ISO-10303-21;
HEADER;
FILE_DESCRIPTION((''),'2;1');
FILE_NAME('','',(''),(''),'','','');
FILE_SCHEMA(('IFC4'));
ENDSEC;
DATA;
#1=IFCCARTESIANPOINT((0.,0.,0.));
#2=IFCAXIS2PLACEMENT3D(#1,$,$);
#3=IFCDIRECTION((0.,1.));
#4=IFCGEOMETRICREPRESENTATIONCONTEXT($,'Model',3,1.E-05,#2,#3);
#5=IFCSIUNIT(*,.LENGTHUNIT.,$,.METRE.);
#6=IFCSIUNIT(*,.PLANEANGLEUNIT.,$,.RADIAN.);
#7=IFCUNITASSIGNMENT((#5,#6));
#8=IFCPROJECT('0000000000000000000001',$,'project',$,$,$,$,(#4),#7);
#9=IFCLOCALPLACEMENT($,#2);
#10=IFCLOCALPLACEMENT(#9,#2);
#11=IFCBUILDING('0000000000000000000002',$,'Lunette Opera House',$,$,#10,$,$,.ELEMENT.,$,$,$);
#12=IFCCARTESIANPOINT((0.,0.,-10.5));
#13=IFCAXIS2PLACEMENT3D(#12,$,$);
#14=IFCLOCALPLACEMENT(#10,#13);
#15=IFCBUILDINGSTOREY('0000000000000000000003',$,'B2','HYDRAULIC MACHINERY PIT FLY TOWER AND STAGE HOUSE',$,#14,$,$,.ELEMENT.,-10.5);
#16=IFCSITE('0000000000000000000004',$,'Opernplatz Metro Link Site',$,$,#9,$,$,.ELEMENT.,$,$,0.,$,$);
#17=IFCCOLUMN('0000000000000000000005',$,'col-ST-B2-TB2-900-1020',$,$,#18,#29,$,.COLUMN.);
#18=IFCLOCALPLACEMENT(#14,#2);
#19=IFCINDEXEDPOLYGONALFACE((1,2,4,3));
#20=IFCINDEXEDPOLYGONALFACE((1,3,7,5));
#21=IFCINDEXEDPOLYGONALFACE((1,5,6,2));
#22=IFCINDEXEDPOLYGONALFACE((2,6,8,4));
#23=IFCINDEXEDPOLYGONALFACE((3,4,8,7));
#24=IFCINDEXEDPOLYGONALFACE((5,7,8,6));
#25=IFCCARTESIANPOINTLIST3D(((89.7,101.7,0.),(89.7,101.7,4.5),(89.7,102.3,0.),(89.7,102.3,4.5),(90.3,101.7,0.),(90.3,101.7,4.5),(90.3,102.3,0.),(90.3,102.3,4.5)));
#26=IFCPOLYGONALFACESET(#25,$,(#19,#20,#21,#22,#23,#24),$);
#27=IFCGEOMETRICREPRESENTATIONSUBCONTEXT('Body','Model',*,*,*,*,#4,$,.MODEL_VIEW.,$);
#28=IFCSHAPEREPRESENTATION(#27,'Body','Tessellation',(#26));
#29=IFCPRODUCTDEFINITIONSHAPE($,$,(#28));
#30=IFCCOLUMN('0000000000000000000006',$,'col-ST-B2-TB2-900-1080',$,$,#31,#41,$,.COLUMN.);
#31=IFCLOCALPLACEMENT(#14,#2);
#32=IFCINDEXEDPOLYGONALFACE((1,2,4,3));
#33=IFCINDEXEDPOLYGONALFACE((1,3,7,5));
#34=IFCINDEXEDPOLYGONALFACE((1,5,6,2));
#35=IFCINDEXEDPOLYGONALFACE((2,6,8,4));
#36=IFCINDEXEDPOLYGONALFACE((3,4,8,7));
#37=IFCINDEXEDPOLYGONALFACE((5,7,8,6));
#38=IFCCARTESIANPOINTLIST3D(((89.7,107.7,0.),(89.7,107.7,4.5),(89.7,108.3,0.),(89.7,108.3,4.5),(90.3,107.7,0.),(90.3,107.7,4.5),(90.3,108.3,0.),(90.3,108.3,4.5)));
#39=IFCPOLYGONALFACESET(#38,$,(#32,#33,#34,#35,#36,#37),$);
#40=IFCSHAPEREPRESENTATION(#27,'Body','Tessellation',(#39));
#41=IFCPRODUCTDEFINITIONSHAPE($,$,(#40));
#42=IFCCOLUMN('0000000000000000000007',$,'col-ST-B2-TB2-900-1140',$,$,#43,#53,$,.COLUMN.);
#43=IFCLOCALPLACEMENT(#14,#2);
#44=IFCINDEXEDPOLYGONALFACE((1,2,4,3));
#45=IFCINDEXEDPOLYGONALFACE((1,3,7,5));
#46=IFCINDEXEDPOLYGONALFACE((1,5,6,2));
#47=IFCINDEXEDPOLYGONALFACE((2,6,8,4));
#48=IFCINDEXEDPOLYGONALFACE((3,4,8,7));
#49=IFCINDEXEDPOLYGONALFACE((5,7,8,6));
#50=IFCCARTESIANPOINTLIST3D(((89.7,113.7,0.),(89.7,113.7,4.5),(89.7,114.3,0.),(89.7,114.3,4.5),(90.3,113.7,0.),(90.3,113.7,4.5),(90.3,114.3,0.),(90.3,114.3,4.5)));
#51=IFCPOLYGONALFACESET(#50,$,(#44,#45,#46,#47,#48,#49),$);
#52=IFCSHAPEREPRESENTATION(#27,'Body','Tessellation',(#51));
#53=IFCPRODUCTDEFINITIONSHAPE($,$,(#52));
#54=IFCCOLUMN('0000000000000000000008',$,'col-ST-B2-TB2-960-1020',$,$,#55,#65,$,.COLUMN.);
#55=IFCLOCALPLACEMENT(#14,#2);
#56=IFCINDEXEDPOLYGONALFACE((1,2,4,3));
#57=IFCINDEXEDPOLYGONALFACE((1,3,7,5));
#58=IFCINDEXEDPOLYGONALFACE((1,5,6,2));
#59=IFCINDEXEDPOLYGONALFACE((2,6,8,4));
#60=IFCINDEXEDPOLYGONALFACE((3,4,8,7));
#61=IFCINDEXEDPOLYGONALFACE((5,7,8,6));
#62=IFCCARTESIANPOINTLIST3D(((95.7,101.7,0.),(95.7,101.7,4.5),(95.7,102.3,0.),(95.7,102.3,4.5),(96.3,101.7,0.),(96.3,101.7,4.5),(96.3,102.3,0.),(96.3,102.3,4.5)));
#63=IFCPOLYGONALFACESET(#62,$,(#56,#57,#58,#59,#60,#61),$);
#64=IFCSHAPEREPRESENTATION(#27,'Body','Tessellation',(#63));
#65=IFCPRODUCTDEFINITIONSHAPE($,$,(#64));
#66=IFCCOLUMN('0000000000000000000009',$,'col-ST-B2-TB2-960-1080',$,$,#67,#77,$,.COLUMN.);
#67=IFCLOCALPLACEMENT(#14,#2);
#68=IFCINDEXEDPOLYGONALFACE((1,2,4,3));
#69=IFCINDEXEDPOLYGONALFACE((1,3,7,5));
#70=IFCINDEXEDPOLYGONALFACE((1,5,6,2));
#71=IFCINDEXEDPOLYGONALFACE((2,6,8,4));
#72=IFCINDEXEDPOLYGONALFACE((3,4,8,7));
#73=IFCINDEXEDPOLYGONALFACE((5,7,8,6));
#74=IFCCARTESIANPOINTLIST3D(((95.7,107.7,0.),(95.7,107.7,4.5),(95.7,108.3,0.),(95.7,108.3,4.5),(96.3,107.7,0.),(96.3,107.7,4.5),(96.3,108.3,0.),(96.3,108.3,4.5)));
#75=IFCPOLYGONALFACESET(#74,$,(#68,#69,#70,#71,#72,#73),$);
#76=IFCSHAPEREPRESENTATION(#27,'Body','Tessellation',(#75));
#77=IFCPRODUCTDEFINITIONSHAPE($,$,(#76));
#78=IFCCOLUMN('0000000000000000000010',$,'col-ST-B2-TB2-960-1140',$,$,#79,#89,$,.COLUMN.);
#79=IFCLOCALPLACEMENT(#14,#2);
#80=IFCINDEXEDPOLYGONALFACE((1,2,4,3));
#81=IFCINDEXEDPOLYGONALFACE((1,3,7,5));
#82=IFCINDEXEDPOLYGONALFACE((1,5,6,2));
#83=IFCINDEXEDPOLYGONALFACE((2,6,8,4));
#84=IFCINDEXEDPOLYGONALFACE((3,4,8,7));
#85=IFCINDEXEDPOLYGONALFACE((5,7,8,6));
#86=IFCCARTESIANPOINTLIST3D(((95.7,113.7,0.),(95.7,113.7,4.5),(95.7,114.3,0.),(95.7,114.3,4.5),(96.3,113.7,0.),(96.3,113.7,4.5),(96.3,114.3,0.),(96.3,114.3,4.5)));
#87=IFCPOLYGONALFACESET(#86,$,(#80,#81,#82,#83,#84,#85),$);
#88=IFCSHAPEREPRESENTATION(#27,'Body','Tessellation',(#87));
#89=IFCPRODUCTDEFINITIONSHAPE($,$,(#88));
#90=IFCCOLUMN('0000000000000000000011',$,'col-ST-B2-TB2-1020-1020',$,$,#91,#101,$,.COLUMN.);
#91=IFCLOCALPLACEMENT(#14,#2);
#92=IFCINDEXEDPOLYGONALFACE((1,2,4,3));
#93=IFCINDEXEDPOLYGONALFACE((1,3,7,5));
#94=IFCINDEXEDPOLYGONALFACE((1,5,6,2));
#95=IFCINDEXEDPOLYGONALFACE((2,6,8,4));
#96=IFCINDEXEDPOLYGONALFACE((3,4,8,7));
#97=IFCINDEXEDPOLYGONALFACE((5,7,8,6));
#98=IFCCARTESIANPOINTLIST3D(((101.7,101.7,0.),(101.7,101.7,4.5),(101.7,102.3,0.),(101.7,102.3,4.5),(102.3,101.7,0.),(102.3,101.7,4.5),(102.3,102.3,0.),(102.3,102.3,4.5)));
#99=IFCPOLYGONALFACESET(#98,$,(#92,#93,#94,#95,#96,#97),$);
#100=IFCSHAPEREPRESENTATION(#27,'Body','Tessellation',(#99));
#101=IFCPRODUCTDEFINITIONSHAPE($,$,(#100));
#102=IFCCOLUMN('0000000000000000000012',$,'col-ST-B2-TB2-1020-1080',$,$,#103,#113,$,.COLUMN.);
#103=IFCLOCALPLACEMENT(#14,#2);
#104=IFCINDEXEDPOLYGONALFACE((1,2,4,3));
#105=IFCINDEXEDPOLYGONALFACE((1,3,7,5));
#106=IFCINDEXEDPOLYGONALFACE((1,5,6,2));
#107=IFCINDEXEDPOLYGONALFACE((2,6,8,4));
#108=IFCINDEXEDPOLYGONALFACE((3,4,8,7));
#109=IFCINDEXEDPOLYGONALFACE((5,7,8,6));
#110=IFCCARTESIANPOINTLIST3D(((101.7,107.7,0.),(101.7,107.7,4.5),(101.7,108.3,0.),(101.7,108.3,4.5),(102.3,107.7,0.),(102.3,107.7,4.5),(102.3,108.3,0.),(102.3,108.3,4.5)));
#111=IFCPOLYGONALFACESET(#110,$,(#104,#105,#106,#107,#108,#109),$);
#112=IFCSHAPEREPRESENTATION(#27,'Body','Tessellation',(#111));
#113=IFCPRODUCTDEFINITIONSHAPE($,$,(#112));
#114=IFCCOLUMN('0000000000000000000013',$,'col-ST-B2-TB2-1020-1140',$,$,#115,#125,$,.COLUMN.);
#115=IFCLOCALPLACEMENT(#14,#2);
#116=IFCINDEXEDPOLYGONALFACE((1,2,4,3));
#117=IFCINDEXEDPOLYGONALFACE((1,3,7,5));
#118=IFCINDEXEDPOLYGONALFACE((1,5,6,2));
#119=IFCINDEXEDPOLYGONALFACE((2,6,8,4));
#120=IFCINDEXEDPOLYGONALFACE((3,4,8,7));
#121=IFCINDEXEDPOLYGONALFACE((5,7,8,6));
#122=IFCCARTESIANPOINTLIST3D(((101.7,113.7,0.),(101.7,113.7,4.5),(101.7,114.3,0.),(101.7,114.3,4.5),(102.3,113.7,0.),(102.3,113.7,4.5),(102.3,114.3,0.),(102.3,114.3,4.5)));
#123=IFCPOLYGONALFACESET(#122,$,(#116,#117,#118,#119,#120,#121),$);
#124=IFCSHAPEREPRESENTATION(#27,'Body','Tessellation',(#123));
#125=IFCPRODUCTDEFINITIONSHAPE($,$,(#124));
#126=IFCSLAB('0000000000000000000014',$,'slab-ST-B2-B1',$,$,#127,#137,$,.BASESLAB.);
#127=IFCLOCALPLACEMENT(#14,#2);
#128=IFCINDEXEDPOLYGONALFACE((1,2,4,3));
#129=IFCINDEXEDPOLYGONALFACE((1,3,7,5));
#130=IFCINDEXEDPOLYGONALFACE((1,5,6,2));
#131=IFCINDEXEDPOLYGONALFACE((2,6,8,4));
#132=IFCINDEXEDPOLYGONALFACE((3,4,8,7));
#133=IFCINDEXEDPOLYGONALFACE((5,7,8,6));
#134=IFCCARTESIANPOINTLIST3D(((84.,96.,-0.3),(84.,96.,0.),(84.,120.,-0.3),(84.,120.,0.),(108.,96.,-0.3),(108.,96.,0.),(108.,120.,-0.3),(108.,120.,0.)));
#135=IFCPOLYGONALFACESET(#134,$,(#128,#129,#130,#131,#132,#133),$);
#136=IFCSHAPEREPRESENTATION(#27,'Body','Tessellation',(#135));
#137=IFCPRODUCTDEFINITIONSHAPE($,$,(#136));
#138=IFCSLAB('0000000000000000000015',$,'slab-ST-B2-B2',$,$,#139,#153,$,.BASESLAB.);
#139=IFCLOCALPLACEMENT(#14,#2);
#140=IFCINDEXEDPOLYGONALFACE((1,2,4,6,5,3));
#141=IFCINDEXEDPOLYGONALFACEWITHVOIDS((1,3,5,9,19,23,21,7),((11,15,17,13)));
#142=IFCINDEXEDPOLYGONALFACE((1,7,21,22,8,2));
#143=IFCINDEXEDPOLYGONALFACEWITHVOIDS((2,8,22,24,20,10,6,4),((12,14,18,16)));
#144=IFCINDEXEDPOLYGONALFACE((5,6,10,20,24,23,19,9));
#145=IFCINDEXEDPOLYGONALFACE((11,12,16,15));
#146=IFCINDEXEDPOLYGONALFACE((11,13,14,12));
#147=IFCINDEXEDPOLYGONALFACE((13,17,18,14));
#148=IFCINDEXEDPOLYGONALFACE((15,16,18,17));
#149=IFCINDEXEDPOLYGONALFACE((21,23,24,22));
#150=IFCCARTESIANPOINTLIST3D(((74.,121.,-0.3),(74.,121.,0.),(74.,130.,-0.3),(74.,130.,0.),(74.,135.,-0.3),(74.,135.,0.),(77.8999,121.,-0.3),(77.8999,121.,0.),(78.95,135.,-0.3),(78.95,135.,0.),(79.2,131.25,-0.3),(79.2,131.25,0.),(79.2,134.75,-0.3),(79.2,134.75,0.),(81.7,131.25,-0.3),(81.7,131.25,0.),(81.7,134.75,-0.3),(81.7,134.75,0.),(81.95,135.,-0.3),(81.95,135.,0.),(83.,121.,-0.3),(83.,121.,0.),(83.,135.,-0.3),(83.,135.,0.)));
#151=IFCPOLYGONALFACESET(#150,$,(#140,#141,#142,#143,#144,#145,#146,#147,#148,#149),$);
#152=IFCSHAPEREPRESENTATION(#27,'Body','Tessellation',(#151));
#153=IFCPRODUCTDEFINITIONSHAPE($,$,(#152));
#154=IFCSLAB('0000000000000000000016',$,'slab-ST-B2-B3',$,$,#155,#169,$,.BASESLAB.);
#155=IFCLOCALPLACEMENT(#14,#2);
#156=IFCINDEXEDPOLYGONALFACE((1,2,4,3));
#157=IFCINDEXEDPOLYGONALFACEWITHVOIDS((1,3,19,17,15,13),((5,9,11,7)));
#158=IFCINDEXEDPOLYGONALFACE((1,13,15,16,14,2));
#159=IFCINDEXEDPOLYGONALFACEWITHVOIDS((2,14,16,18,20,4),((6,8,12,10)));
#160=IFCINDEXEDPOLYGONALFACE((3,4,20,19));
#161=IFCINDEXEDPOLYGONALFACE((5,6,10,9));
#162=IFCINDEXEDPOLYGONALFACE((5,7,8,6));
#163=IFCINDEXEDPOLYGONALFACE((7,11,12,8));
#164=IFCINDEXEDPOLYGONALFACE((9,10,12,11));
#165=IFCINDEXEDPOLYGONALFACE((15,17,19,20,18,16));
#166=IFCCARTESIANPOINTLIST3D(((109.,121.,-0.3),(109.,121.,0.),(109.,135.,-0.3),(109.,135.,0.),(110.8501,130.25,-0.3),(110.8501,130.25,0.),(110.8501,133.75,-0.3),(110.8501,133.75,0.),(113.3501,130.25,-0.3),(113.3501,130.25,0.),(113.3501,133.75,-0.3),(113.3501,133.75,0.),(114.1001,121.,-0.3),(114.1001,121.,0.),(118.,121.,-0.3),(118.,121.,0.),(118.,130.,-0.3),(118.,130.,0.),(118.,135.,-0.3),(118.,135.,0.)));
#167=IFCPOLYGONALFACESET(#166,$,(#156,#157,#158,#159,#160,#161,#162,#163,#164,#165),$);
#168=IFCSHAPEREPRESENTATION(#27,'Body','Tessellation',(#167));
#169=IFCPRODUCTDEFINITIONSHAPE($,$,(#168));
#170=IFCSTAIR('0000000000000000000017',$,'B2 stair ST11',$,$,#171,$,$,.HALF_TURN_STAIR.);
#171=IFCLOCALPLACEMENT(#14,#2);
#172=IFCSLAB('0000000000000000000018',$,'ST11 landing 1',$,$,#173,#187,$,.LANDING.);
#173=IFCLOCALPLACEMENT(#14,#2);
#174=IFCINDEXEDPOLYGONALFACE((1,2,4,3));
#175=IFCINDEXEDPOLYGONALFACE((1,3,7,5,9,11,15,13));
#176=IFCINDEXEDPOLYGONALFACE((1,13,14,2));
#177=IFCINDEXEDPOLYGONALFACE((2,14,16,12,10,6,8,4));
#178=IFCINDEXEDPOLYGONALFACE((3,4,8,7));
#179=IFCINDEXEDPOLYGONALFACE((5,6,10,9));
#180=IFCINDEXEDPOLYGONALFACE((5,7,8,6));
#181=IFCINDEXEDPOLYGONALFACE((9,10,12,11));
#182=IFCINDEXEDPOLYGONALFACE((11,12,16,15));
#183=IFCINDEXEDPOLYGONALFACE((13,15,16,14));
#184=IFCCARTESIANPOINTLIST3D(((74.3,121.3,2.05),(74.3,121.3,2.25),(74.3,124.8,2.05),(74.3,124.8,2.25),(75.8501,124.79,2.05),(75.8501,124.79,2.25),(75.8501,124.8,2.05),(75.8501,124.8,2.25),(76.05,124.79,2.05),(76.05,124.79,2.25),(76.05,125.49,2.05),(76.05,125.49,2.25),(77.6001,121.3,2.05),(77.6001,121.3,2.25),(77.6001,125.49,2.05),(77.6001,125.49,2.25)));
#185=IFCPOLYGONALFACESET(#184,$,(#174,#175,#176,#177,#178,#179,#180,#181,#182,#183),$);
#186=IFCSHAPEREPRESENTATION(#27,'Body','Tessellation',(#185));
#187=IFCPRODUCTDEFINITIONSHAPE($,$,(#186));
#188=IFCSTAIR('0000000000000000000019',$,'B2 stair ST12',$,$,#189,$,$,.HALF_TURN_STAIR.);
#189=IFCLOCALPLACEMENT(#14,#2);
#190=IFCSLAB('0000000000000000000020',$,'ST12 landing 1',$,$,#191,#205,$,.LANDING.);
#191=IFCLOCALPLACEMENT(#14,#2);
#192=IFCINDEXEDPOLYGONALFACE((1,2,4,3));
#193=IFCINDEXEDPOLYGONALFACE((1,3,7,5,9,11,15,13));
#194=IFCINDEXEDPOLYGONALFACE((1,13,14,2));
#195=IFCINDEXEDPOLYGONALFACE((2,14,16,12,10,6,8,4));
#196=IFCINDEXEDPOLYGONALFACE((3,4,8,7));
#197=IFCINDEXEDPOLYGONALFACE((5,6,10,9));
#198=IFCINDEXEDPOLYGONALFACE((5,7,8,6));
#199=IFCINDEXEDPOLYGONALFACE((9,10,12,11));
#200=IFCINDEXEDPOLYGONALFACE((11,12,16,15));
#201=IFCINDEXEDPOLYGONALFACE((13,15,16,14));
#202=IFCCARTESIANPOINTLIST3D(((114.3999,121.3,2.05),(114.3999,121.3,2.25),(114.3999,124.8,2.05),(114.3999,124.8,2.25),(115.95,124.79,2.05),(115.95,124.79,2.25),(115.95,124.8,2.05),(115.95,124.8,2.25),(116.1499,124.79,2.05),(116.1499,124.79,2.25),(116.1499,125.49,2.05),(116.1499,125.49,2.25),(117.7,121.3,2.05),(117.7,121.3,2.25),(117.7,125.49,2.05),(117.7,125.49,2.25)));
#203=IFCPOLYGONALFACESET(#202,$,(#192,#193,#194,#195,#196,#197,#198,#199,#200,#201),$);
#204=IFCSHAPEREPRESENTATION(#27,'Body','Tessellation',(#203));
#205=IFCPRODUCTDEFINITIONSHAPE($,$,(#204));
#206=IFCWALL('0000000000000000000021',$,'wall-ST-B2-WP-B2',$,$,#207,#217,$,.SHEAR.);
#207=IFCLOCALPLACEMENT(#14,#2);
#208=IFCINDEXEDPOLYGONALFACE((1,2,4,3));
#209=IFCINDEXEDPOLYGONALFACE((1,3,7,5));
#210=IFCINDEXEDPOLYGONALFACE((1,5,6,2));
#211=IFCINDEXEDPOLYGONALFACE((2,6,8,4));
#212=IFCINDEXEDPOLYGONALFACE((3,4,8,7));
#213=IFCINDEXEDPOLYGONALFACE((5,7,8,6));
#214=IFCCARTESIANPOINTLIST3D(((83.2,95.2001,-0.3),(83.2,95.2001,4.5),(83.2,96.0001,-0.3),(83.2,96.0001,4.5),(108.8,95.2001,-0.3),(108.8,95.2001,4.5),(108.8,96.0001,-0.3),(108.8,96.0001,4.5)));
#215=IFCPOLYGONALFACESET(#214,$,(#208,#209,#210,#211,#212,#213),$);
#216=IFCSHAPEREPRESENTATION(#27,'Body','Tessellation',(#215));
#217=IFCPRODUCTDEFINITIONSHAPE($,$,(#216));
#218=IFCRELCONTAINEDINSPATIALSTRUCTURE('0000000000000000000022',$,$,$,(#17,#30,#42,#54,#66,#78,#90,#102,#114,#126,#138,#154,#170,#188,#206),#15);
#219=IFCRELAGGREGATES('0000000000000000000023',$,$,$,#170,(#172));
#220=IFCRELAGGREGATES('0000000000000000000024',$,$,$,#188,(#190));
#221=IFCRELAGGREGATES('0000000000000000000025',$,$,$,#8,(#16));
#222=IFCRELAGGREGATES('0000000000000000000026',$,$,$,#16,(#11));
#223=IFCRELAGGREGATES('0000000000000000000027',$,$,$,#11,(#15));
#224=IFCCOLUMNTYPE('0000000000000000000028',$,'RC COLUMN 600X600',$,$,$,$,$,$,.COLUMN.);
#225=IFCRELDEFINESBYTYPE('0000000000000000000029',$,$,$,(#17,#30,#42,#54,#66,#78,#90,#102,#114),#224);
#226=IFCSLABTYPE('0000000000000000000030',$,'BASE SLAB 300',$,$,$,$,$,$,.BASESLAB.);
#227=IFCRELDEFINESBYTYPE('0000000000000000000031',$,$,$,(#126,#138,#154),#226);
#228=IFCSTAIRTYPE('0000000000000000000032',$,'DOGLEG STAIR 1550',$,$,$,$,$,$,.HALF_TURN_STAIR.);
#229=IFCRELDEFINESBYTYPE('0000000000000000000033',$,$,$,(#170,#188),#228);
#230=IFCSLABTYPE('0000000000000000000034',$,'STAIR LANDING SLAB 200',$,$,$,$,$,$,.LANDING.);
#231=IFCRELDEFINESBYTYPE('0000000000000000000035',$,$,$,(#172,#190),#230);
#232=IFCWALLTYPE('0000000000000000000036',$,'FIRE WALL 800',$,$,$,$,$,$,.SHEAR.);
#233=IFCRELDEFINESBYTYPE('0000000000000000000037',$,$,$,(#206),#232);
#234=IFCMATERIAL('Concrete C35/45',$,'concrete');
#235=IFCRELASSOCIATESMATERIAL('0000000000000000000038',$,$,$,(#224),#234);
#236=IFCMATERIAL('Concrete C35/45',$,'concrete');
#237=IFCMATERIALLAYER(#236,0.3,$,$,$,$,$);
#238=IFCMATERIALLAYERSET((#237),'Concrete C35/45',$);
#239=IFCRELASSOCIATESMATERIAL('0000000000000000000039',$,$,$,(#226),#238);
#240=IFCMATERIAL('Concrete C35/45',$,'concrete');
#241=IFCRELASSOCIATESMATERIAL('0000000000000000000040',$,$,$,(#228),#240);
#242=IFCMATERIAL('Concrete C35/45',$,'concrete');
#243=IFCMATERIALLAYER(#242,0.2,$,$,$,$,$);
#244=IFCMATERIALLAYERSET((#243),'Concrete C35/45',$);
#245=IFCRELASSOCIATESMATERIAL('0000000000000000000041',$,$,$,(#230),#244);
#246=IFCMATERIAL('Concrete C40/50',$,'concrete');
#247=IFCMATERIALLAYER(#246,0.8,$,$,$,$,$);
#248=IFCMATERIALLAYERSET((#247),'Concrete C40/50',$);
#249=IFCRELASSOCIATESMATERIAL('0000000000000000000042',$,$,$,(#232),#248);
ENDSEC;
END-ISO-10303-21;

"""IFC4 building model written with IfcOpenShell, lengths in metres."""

from ifc_helpers import new_model, si_unit, direction, frame, frame_2d, origin, origin_2d, place, context, subcontext, project, spatial, polyline, rectangle, outline, extrude, material, layer, layer_set, material_profile, profile_set, type_object, element, aggregate, save


model = new_model("IFC4")

# Units and contexts
model_context = context("Model", 3, precision=1e-05, world=origin(), true_north=direction((0.0, 1.0)))
body_context = subcontext(model_context, "Body", "Model", "MODEL_VIEW")
ifc_project = project(units=[si_unit("LENGTHUNIT", "METRE"), si_unit("PLANEANGLEUNIT", "RADIAN")], contexts=[model_context])

# Site, building, storey
site_placement = place(None, origin())
site = spatial("IfcSite", under=ifc_project, at=site_placement, Name="Opernplatz Metro Link Site", CompositionType="ELEMENT", RefElevation=0.0)
building_placement = place(site_placement, origin())
building = spatial("IfcBuilding", under=site, at=building_placement, Name="Lunette Opera House", CompositionType="ELEMENT")
storey_placement = place(building_placement, frame((0.0, 0.0, -10.5)))
storey = spatial("IfcBuildingStorey", under=building, at=storey_placement, Name="B2", Description="HYDRAULIC MACHINERY PIT FLY TOWER AND STAGE HOUSE", CompositionType="ELEMENT", Elevation=-10.5)

# Columns
ifc_material_1 = material(Name="Concrete C35/45", Category="concrete")
ifc_material_profile = material_profile(ifc_material_1, rectangle(XDim=0.6001, YDim=0.6001, at=origin_2d()), Name="RC COLUMN 600X600")
ifc_profile_set = profile_set([ifc_material_profile], Name="Concrete C35/45")
column_type = type_object("IfcColumnType", Name="RC COLUMN 600X600", PredefinedType="COLUMN", material=ifc_profile_set)
for number, where, z_axis, x_axis, name in (
    (1, (90.0, 102.0, 0.0), (0.0, 0.0, 1.0), (1.0, 0.0, 0.0), "col-ST-B2-TB2-900-1020"),
    (2, (90.0, 108.0, 0.0), (0.0, 0.0, 1.0), (1.0, 0.0, 0.0), "col-ST-B2-TB2-900-1080"),
    (3, (90.0, 114.0, 0.0), (0.0, 0.0, 1.0), (1.0, 0.0, 0.0), "col-ST-B2-TB2-900-1140"),
    (4, (96.0, 102.0, 0.0), (0.0, 0.0, 1.0), (1.0, 0.0, 0.0), "col-ST-B2-TB2-960-1020"),
    (5, (96.0, 108.0, 0.0), (0.0, 0.0, 1.0), (1.0, 0.0, 0.0), "col-ST-B2-TB2-960-1080"),
    (6, (96.0, 114.0, 0.0), (0.0, 0.0, 1.0), (1.0, 0.0, 0.0), "col-ST-B2-TB2-960-1140"),
    (7, (102.0, 102.0, 0.0), (0.0, 0.0, 1.0), (1.0, 0.0, 0.0), "col-ST-B2-TB2-1020-1020"),
    (8, (102.0, 108.0, 0.0), (0.0, 0.0, 1.0), (1.0, 0.0, 0.0), "col-ST-B2-TB2-1020-1080"),
    (9, (102.0, 114.0, 0.0), (0.0, 0.0, 1.0), (1.0, 0.0, 0.0), "col-ST-B2-TB2-1020-1140"),
):
    element("IfcColumn", number, at=place(storey_placement, frame(where, z_axis=z_axis, x_axis=x_axis)), inside=storey, type_object=column_type, Name=name, PredefinedType="COLUMN", context=body_context, shape_type="SweptSolid", body=[
        extrude(rectangle(XDim=0.6001, YDim=0.6001, at=origin_2d()), origin(), (0.0, 0.0, 1.0), 4.5),
    ])

# Slabs
ifc_material_2 = material(Name="Concrete C35/45", Category="concrete")
ifc_layer_1 = layer(ifc_material_2, 0.3)
ifc_layer_set_1 = layer_set([ifc_layer_1], Name="Concrete C35/45")
slab_type_1 = type_object("IfcSlabType", Name="BASE SLAB 300", PredefinedType="BASESLAB", material=ifc_layer_set_1)
slab_1_placement = place(storey_placement, frame((0.0, 0.0, -0.3)))
element("IfcSlab", 10, at=slab_1_placement, inside=storey, type_object=slab_type_1, Name="slab-ST-B2-B1", PredefinedType="BASESLAB", context=body_context, shape_type="SweptSolid", body=[
    extrude(outline(polyline([(84.0, 96.0), (108.0, 96.0), (108.0, 120.0), (84.0, 120.0), (84.0, 96.0)])), origin(), (0.0, 0.0, 1.0), 0.3),
])
slab_2_placement = place(storey_placement, frame((0.0, 0.0, -0.3)))
element("IfcSlab", 11, at=slab_2_placement, inside=storey, type_object=slab_type_1, Name="slab-ST-B2-B2", PredefinedType="BASESLAB", context=body_context, shape_type="SweptSolid", body=[
    extrude(outline(polyline([(81.95, 135.0), (78.95, 135.0), (74.0, 135.0), (74.0, 130.0), (74.0, 121.0), (77.8999, 121.0), (83.0, 121.0), (83.0, 135.0), (81.95, 135.0)]), holes=[polyline([(81.7, 134.75), (81.7, 131.25), (79.2, 131.25), (79.2, 134.75), (81.7, 134.75)])]), origin(), (0.0, 0.0, 1.0), 0.3),
])
slab_3_placement = place(storey_placement, frame((0.0, 0.0, -0.3)))
element("IfcSlab", 12, at=slab_3_placement, inside=storey, type_object=slab_type_1, Name="slab-ST-B2-B3", PredefinedType="BASESLAB", context=body_context, shape_type="SweptSolid", body=[
    extrude(outline(polyline([(118.0, 135.0), (109.0, 135.0), (109.0, 121.0), (114.1001, 121.0), (118.0, 121.0), (118.0, 130.0), (118.0, 135.0)]), holes=[polyline([(113.3501, 133.75), (113.3501, 130.25), (110.8501, 130.25), (110.8501, 133.75), (113.3501, 133.75)])]), origin(), (0.0, 0.0, 1.0), 0.3),
])

# Stairs, slabs
ifc_material_3 = material(Name="Concrete C35/45", Category="concrete")
stair_type = type_object("IfcStairType", Name="DOGLEG STAIR 1550", PredefinedType="HALF_TURN_STAIR", material=ifc_material_3)
stair_1_placement = place(storey_placement, origin())
stair_1 = element("IfcStair", 13, at=stair_1_placement, inside=storey, type_object=stair_type, Name="B2 stair ST11", PredefinedType="HALF_TURN_STAIR")
ifc_material_4 = material(Name="Concrete C35/45", Category="concrete")
ifc_layer_2 = layer(ifc_material_4, 0.2)
ifc_layer_set_2 = layer_set([ifc_layer_2], Name="Concrete C35/45")
slab_type_2 = type_object("IfcSlabType", Name="STAIR LANDING SLAB 200", PredefinedType="LANDING", material=ifc_layer_set_2)
slab_4_placement = place(storey_placement, frame((0.0, 0.0, 2.05)))
slab_4 = element("IfcSlab", 14, at=slab_4_placement, type_object=slab_type_2, Name="ST11 landing 1", PredefinedType="LANDING", context=body_context, shape_type="SweptSolid", body=[
    extrude(outline(polyline([(74.3, 121.3), (74.3, 124.8), (75.8501, 124.8), (75.8501, 124.79), (76.05, 124.79), (76.05, 125.49), (77.6001, 125.49), (77.6001, 121.3), (74.3, 121.3)])), origin(), (0.0, 0.0, 1.0), 0.2),
])
stair_2_placement = place(storey_placement, origin())
stair_2 = element("IfcStair", 15, at=stair_2_placement, inside=storey, type_object=stair_type, Name="B2 stair ST12", PredefinedType="HALF_TURN_STAIR")
slab_5_placement = place(storey_placement, frame((0.0, 0.0, 2.05)))
slab_5 = element("IfcSlab", 16, at=slab_5_placement, type_object=slab_type_2, Name="ST12 landing 1", PredefinedType="LANDING", context=body_context, shape_type="SweptSolid", body=[
    extrude(outline(polyline([(114.3999, 121.3), (114.3999, 124.8), (115.95, 124.8), (115.95, 124.79), (116.1499, 124.79), (116.1499, 125.49), (117.7, 125.49), (117.7, 121.3), (114.3999, 121.3)])), origin(), (0.0, 0.0, 1.0), 0.2),
])

# Wall
ifc_material_5 = material(Name="Concrete C40/50", Category="concrete")
ifc_layer_3 = layer(ifc_material_5, 0.8)
ifc_layer_set_3 = layer_set([ifc_layer_3], Name="Concrete C40/50")
wall_type_1 = type_object("IfcWallType", Name="FIRE WALL 800", PredefinedType="SHEAR", material=ifc_layer_set_3)
wall_1_placement = place(storey_placement, frame((83.2, 95.6001, -0.3), z_axis=(0.0, 0.0, 1.0), x_axis=(1.0, 0.0, 0.0)))
element("IfcWall", 17, at=wall_1_placement, inside=storey, type_object=wall_type_1, Name="wall-ST-B2-WP-B2", PredefinedType="SHEAR", context=body_context, shape_type="SweptSolid", body=[
    extrude(rectangle(XDim=25.6001, YDim=0.8, at=frame_2d((12.8, 0.0))), origin(), (0.0, 0.0, 1.0), 4.8),
])

aggregate(stair_1, [slab_4])
aggregate(stair_2, [slab_5])

save(model, "model.ifc")
